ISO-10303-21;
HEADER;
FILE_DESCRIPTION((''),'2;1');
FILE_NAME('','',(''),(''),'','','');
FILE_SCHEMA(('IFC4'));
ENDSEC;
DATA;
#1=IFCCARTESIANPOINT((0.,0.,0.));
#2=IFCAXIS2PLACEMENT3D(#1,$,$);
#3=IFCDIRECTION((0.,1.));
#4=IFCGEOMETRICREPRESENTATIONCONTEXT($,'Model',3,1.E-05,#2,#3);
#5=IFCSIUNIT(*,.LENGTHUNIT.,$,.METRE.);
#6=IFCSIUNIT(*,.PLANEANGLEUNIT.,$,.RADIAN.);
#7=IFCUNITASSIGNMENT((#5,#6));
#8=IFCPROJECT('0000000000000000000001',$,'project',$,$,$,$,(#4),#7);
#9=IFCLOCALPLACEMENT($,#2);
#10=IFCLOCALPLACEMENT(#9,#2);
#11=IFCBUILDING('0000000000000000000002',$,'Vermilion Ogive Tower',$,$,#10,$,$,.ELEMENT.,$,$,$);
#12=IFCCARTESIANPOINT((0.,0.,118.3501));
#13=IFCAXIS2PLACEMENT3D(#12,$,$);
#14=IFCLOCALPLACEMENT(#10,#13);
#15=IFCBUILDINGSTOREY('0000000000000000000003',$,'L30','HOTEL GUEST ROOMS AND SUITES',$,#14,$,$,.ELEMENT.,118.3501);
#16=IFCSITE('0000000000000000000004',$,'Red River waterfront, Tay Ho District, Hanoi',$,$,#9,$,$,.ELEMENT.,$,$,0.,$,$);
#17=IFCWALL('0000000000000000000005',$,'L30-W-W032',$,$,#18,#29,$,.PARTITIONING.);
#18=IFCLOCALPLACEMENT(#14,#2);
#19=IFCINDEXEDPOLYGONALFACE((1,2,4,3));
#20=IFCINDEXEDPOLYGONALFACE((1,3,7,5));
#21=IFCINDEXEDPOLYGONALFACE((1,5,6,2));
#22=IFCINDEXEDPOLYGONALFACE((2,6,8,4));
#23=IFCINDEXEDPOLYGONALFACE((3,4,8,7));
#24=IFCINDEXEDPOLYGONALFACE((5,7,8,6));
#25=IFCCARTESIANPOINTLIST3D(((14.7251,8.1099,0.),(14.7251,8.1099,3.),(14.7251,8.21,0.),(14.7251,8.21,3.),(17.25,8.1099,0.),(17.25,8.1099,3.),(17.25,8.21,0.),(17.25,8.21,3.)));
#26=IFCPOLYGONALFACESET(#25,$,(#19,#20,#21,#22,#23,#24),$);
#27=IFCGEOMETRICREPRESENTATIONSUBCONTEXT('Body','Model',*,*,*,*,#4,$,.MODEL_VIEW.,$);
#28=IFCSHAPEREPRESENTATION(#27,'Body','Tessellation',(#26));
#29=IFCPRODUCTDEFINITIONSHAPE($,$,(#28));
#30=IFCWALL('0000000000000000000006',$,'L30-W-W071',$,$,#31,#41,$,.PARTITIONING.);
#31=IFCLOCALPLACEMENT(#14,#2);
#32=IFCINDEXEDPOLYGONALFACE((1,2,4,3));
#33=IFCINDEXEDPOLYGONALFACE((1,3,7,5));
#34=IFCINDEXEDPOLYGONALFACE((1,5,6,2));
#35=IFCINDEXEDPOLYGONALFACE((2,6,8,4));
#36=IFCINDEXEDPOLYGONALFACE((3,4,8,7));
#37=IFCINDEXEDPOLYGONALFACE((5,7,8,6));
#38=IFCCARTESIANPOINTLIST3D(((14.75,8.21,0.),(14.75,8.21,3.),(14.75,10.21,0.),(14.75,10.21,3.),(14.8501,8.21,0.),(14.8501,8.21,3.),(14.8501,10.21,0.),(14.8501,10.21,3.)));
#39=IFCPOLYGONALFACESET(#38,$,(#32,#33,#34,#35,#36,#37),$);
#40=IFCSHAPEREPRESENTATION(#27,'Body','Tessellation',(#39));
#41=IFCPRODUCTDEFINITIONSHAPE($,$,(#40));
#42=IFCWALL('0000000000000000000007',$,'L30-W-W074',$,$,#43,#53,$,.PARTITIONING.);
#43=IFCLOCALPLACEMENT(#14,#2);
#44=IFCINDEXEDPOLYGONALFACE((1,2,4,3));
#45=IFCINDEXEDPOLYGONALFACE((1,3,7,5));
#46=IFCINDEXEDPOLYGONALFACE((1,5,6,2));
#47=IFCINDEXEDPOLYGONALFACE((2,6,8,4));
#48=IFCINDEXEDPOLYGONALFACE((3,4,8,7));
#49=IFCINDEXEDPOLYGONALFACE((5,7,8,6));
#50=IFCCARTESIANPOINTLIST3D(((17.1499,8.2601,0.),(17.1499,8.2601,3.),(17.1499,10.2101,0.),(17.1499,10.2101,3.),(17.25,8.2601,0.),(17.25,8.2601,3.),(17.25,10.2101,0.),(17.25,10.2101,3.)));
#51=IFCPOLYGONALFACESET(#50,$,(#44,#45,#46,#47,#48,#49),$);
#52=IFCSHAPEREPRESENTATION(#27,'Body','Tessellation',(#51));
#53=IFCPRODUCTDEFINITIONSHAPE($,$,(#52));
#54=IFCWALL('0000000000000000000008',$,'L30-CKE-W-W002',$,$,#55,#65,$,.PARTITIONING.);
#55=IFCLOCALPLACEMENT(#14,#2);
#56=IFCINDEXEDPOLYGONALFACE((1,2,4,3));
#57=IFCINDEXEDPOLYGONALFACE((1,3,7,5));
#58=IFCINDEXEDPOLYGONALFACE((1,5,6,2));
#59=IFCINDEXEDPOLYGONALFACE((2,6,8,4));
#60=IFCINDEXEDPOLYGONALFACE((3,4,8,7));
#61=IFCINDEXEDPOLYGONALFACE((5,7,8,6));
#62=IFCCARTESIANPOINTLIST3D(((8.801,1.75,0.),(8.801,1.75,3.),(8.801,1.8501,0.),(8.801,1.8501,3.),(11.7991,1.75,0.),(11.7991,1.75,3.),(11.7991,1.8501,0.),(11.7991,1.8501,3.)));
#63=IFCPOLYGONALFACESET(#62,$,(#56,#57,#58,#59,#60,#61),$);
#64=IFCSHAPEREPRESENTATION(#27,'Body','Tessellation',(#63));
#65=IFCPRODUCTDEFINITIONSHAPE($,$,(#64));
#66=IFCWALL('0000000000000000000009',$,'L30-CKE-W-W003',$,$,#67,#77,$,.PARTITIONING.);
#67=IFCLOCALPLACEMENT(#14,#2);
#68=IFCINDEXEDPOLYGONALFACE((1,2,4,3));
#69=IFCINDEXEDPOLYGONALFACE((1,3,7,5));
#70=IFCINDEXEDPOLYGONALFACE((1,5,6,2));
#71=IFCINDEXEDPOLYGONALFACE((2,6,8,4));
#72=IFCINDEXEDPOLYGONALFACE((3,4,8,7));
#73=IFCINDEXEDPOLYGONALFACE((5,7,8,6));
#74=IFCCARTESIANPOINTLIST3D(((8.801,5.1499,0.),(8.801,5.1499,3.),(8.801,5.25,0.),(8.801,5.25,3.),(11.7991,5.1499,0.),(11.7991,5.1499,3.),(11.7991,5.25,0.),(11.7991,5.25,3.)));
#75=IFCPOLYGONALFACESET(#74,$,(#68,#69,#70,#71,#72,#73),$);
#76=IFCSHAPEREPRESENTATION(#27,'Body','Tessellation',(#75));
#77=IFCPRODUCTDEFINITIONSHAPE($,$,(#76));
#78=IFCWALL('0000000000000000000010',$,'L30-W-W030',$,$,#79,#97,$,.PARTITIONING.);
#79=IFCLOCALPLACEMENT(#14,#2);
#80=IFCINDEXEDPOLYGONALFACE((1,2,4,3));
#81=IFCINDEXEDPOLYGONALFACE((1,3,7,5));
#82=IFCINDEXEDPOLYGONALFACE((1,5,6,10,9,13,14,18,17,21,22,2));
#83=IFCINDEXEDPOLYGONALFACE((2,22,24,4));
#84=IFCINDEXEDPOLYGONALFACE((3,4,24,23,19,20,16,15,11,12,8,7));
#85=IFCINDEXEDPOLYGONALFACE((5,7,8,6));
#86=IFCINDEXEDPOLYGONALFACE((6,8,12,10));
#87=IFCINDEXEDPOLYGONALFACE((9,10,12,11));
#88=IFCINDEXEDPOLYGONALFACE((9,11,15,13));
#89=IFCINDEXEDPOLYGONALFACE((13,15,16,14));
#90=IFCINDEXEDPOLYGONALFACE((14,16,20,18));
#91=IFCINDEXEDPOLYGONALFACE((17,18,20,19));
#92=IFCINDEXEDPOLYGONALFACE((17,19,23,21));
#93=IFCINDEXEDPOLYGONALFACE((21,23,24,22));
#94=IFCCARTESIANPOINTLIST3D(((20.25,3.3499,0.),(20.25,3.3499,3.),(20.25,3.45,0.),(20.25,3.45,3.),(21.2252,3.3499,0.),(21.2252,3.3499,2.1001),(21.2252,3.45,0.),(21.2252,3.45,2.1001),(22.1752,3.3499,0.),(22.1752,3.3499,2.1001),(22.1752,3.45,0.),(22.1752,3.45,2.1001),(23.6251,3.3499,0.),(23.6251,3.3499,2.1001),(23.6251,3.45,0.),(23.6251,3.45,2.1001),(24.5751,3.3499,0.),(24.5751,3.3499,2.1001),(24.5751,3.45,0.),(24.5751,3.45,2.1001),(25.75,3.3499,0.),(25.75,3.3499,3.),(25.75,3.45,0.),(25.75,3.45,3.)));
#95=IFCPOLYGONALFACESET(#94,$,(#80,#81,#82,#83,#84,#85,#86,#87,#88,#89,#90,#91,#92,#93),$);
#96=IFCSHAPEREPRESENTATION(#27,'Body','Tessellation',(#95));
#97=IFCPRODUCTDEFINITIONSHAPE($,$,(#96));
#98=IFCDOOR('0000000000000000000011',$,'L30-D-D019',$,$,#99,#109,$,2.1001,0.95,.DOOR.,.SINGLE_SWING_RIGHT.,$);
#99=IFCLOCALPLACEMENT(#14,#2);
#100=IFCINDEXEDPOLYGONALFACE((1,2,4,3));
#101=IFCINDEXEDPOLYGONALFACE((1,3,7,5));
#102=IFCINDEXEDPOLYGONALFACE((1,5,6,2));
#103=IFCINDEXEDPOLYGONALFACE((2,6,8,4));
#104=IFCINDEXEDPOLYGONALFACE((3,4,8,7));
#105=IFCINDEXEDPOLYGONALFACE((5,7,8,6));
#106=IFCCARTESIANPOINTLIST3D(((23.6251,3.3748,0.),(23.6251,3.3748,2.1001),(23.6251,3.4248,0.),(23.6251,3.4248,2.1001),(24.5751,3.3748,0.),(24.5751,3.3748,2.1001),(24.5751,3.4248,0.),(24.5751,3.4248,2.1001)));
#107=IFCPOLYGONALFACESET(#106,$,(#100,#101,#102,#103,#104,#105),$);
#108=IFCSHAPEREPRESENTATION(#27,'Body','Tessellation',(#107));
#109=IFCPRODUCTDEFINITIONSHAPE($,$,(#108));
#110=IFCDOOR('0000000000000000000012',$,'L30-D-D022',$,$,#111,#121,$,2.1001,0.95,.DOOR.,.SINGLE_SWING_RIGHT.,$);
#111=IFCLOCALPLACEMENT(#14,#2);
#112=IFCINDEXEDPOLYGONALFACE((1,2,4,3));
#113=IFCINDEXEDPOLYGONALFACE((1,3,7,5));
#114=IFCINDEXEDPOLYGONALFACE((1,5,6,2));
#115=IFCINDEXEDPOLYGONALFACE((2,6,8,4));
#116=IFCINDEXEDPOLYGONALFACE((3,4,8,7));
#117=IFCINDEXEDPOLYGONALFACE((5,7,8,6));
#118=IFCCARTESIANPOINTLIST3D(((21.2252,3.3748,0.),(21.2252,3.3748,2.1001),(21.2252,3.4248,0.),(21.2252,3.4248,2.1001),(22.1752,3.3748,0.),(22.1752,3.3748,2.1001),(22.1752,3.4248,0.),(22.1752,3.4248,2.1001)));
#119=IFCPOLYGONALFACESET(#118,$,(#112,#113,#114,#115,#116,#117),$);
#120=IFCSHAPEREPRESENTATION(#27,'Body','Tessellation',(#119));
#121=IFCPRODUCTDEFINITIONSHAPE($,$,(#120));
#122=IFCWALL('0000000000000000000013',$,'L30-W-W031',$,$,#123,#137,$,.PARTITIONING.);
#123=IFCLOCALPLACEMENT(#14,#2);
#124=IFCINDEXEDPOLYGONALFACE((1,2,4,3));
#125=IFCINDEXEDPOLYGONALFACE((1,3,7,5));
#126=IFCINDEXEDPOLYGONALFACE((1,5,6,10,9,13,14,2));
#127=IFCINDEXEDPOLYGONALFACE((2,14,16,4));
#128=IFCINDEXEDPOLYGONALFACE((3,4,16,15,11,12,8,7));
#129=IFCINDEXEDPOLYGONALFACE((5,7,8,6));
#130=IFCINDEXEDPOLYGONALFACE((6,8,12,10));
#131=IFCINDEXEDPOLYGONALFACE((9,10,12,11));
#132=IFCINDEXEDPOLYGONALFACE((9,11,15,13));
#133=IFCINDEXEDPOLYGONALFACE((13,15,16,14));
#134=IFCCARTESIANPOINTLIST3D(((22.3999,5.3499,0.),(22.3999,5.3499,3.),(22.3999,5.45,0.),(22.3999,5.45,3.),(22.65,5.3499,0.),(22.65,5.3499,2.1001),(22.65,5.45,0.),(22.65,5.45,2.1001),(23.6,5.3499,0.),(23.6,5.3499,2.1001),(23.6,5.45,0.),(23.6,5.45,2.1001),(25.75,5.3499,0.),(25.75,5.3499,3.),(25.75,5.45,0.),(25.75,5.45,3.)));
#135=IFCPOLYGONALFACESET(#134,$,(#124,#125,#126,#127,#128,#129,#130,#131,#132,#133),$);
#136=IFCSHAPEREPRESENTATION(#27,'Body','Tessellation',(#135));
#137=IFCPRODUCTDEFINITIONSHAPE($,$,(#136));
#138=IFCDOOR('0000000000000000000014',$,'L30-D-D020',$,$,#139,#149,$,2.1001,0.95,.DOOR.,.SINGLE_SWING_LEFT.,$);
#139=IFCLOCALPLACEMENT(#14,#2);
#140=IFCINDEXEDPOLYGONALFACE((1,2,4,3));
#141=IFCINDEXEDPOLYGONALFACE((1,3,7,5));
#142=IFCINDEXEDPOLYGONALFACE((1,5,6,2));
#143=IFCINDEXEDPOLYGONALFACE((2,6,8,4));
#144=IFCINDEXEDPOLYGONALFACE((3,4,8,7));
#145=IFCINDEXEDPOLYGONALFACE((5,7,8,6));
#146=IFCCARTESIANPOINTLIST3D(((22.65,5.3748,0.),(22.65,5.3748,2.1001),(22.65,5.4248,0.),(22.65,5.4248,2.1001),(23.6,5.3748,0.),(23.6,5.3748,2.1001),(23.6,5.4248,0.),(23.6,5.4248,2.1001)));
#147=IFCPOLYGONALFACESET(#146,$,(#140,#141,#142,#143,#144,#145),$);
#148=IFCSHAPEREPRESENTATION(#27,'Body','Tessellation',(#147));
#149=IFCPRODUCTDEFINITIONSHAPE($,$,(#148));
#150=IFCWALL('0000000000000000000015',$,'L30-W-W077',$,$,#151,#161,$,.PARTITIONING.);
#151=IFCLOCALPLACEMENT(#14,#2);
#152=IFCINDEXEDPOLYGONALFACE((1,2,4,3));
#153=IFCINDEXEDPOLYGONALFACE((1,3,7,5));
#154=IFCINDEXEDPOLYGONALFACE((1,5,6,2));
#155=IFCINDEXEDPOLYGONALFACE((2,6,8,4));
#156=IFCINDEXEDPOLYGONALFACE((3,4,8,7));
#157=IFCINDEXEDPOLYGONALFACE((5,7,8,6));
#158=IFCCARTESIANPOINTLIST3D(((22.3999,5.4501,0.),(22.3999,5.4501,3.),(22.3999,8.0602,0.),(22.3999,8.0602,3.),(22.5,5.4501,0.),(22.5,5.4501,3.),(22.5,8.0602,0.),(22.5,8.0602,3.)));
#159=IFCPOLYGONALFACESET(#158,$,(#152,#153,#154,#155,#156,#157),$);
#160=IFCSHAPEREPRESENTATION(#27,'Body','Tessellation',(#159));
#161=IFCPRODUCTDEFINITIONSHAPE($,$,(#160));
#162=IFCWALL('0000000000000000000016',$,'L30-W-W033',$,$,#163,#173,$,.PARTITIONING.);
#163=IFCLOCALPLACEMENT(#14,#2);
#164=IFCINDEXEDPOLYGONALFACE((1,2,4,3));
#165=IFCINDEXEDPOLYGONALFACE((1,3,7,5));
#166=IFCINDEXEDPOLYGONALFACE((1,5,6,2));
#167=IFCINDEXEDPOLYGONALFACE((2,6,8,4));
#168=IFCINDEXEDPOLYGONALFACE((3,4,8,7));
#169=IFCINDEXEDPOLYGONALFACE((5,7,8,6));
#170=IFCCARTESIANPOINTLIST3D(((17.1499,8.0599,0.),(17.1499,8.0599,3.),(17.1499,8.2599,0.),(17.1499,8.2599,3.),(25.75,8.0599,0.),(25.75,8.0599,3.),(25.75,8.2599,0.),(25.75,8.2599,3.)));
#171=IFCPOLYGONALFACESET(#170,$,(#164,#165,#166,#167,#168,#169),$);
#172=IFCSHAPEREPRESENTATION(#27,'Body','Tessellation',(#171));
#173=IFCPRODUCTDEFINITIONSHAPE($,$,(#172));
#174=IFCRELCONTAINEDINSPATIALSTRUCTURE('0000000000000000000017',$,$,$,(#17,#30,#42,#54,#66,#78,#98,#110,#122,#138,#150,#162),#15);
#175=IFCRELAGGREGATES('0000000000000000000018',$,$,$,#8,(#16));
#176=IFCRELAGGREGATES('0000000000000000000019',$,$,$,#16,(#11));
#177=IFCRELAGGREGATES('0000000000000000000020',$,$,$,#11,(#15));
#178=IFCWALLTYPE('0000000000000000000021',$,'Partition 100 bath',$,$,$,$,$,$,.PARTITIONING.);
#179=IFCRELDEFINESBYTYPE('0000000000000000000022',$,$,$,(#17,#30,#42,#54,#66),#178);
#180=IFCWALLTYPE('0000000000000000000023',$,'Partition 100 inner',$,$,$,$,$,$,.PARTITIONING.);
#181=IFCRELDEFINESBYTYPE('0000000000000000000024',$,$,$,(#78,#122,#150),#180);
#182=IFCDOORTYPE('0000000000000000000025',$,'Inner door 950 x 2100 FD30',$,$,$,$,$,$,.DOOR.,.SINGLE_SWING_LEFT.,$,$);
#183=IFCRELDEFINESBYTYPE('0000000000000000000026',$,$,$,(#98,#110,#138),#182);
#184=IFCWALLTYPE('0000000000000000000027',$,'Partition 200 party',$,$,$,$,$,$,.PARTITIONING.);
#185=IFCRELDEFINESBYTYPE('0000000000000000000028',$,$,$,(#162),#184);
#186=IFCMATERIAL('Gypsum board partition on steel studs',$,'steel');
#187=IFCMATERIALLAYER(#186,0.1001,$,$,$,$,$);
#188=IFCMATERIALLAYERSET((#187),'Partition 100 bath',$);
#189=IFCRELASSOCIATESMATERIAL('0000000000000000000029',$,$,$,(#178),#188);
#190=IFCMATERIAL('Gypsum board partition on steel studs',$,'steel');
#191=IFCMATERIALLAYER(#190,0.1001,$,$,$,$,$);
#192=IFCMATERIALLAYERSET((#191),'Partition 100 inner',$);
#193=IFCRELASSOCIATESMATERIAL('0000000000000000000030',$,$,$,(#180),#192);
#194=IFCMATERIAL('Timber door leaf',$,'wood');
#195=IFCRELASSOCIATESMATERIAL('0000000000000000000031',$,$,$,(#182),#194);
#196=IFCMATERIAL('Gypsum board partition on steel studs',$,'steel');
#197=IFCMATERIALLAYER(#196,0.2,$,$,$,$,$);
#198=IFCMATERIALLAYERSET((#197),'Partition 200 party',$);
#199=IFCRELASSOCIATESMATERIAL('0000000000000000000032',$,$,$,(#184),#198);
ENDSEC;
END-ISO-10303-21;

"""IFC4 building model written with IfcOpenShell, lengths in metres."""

from ifc_helpers import new_model, si_unit, direction, frame, frame_2d, origin, place, context, subcontext, project, spatial, rectangle, extrude, material, layer, layer_set, type_object, element, fill, save


model = new_model("IFC4")

# Units and contexts
model_context = context("Model", 3, precision=1e-05, world=origin(), true_north=direction((0.0, 1.0)))
body_context = subcontext(model_context, "Body", "Model", "MODEL_VIEW")
ifc_project = project(units=[si_unit("LENGTHUNIT", "METRE"), si_unit("PLANEANGLEUNIT", "RADIAN")], contexts=[model_context])

# Site, building, storey
site_placement = place(None, origin())
site = spatial("IfcSite", under=ifc_project, at=site_placement, Name="Red River waterfront, Tay Ho District, Hanoi", CompositionType="ELEMENT", RefElevation=0.0)
building_placement = place(site_placement, origin())
building = spatial("IfcBuilding", under=site, at=building_placement, Name="Vermilion Ogive Tower", CompositionType="ELEMENT")
storey_placement = place(building_placement, frame((0.0, 0.0, 118.3501)))
storey = spatial("IfcBuildingStorey", under=building, at=storey_placement, Name="L30", Description="HOTEL GUEST ROOMS AND SUITES", CompositionType="ELEMENT", Elevation=118.3501)

# Walls
ifc_material_1 = material(Name="Gypsum board partition on steel studs", Category="steel")
ifc_layer_1 = layer(ifc_material_1, 0.1001)
ifc_layer_set_1 = layer_set([ifc_layer_1], Name="Partition 100 bath")
wall_type_1 = type_object("IfcWallType", Name="Partition 100 bath", PredefinedType="PARTITIONING", material=ifc_layer_set_1)
wall_1_placement = place(storey_placement, frame((14.7251, 8.1599, 0.0), z_axis=(0.0, 0.0, 1.0), x_axis=(1.0, 0.0, 0.0)))
element("IfcWall", 1, at=wall_1_placement, inside=storey, type_object=wall_type_1, Name="L30-W-W032", PredefinedType="PARTITIONING", context=body_context, shape_type="SweptSolid", body=[
    extrude(rectangle(XDim=2.5249, YDim=0.1001, at=frame_2d((1.2625, 0.0))), origin(), (0.0, 0.0, 1.0), 3.0),
])
wall_2_placement = place(storey_placement, frame((14.8, 8.21, 0.0), z_axis=(0.0, 0.0, 1.0), x_axis=(0.0, 1.0, 0.0)))
element("IfcWall", 2, at=wall_2_placement, inside=storey, type_object=wall_type_1, Name="L30-W-W071", PredefinedType="PARTITIONING", context=body_context, shape_type="SweptSolid", body=[
    extrude(rectangle(XDim=2.0, YDim=0.1001, at=frame_2d((1.0, 0.0))), origin(), (0.0, 0.0, 1.0), 3.0),
])
wall_3_placement = place(storey_placement, frame((17.2, 8.26, 0.0), z_axis=(0.0, 0.0, 1.0), x_axis=(0.0, 1.0, 0.0)))
element("IfcWall", 3, at=wall_3_placement, inside=storey, type_object=wall_type_1, Name="L30-W-W074", PredefinedType="PARTITIONING", context=body_context, shape_type="SweptSolid", body=[
    extrude(rectangle(XDim=1.95, YDim=0.1001, at=frame_2d((0.9751, 0.0))), origin(), (0.0, 0.0, 1.0), 3.0),
])
for number, where, z_axis, x_axis, name in (
    (4, (8.801, 1.8, 0.0), (0.0, 0.0, 1.0), (1.0, 0.0, 0.0), "L30-CKE-W-W002"),
    (5, (8.801, 5.2, 0.0), (0.0, 0.0, 1.0), (1.0, 0.0, 0.0), "L30-CKE-W-W003"),
):
    element("IfcWall", number, at=place(storey_placement, frame(where, z_axis=z_axis, x_axis=x_axis)), inside=storey, type_object=wall_type_1, Name=name, PredefinedType="PARTITIONING", context=body_context, shape_type="SweptSolid", body=[
        extrude(rectangle(XDim=2.998, YDim=0.1001, at=frame_2d((1.499, 0.0))), origin(), (0.0, 0.0, 1.0), 3.0),
    ])

# Wall, openings, doors
ifc_material_2 = material(Name="Gypsum board partition on steel studs", Category="steel")
ifc_layer_2 = layer(ifc_material_2, 0.1001)
ifc_layer_set_2 = layer_set([ifc_layer_2], Name="Partition 100 inner")
wall_type_2 = type_object("IfcWallType", Name="Partition 100 inner", PredefinedType="PARTITIONING", material=ifc_layer_set_2)
wall_4_placement = place(storey_placement, frame((20.25, 3.3999, 0.0), z_axis=(0.0, 0.0, 1.0), x_axis=(1.0, 0.0, 0.0)))
wall_4 = element("IfcWall", 6, at=wall_4_placement, inside=storey, type_object=wall_type_2, Name="L30-W-W030", PredefinedType="PARTITIONING", context=body_context, shape_type="SweptSolid", body=[
    extrude(rectangle(XDim=5.5, YDim=0.1001, at=frame_2d((2.75, 0.0))), origin(), (0.0, 0.0, 1.0), 3.0),
])
opening_1_placement = place(wall_4_placement, frame((3.375, 0.0, 0.0)))
opening_1 = element("IfcOpeningElement", 7, at=opening_1_placement, cuts=wall_4, PredefinedType="OPENING", context=body_context, shape_type="SweptSolid", body=[
    extrude(rectangle(XDim=0.95, YDim=2.1001, at=frame_2d((0.4751, 1.05))), frame((0.0, 0.0601, 0.0), z_axis=(0.0, -1.0, 0.0), x_axis=(1.0, 0.0, 0.0)), (0.0, 0.0, 1.0), 0.1201),
])
opening_2_placement = place(wall_4_placement, frame((0.9751, 0.0, 0.0)))
opening_2 = element("IfcOpeningElement", 8, at=opening_2_placement, cuts=wall_4, PredefinedType="OPENING", context=body_context, shape_type="SweptSolid", body=[
    extrude(rectangle(XDim=0.95, YDim=2.1001, at=frame_2d((0.4751, 1.05))), frame((0.0, 0.0601, 0.0), z_axis=(0.0, -1.0, 0.0), x_axis=(1.0, 0.0, 0.0)), (0.0, 0.0, 1.0), 0.1201),
])
ifc_material_3 = material(Name="Timber door leaf", Category="wood")
door_type = type_object("IfcDoorType", Name="Inner door 950 x 2100 FD30", OperationType="SINGLE_SWING_LEFT", PredefinedType="DOOR", material=ifc_material_3)
door_1_placement = place(opening_1_placement, origin())
door_1 = element("IfcDoor", 9, at=door_1_placement, inside=storey, type_object=door_type, Name="L30-D-D019", OperationType="SINGLE_SWING_RIGHT", OverallHeight=2.1001, OverallWidth=0.95, PredefinedType="DOOR", context=body_context, shape_type="SweptSolid", body=[
    extrude(rectangle(XDim=0.95, YDim=2.1001, at=frame_2d((0.4751, 1.05))), frame((0.0, 0.0249, 0.0), z_axis=(0.0, -1.0, 0.0), x_axis=(1.0, 0.0, 0.0)), (0.0, 0.0, 1.0), 0.05),
])
fill(opening_1, door_1)
door_2_placement = place(opening_2_placement, origin())
door_2 = element("IfcDoor", 10, at=door_2_placement, inside=storey, type_object=door_type, Name="L30-D-D022", OperationType="SINGLE_SWING_RIGHT", OverallHeight=2.1001, OverallWidth=0.95, PredefinedType="DOOR", context=body_context, shape_type="SweptSolid", body=[
    extrude(rectangle(XDim=0.95, YDim=2.1001, at=frame_2d((0.4751, 1.05))), frame((0.0, 0.0249, 0.0), z_axis=(0.0, -1.0, 0.0), x_axis=(1.0, 0.0, 0.0)), (0.0, 0.0, 1.0), 0.05),
])
fill(opening_2, door_2)

# Wall, opening, door
wall_5_placement = place(storey_placement, frame((22.3999, 5.3999, 0.0), z_axis=(0.0, 0.0, 1.0), x_axis=(1.0, 0.0, 0.0)))
wall_5 = element("IfcWall", 11, at=wall_5_placement, inside=storey, type_object=wall_type_2, Name="L30-W-W031", PredefinedType="PARTITIONING", context=body_context, shape_type="SweptSolid", body=[
    extrude(rectangle(XDim=3.3501, YDim=0.1001, at=frame_2d((1.675, 0.0))), origin(), (0.0, 0.0, 1.0), 3.0),
])
opening_3_placement = place(wall_5_placement, frame((0.25, 0.0, 0.0)))
opening_3 = element("IfcOpeningElement", 12, at=opening_3_placement, cuts=wall_5, PredefinedType="OPENING", context=body_context, shape_type="SweptSolid", body=[
    extrude(rectangle(XDim=0.95, YDim=2.1001, at=frame_2d((0.4751, 1.05))), frame((0.0, 0.0601, 0.0), z_axis=(0.0, -1.0, 0.0), x_axis=(1.0, 0.0, 0.0)), (0.0, 0.0, 1.0), 0.1201),
])
door_3_placement = place(opening_3_placement, origin())
door_3 = element("IfcDoor", 13, at=door_3_placement, inside=storey, type_object=door_type, Name="L30-D-D020", OperationType="SINGLE_SWING_LEFT", OverallHeight=2.1001, OverallWidth=0.95, PredefinedType="DOOR", context=body_context, shape_type="SweptSolid", body=[
    extrude(rectangle(XDim=0.95, YDim=2.1001, at=frame_2d((0.4751, 1.05))), frame((0.0, 0.0249, 0.0), z_axis=(0.0, -1.0, 0.0), x_axis=(1.0, 0.0, 0.0)), (0.0, 0.0, 1.0), 0.05),
])
fill(opening_3, door_3)

# Walls
wall_6_placement = place(storey_placement, frame((22.45, 5.45, 0.0), z_axis=(0.0, 0.0, 1.0), x_axis=(0.0, 1.0, 0.0)))
element("IfcWall", 14, at=wall_6_placement, inside=storey, type_object=wall_type_2, Name="L30-W-W077", PredefinedType="PARTITIONING", context=body_context, shape_type="SweptSolid", body=[
    extrude(rectangle(XDim=2.6101, YDim=0.1001, at=frame_2d((1.3052, 0.0))), origin(), (0.0, 0.0, 1.0), 3.0),
])
ifc_material_4 = material(Name="Gypsum board partition on steel studs", Category="steel")
ifc_layer_3 = layer(ifc_material_4, 0.2)
ifc_layer_set_3 = layer_set([ifc_layer_3], Name="Partition 200 party")
wall_type_3 = type_object("IfcWallType", Name="Partition 200 party", PredefinedType="PARTITIONING", material=ifc_layer_set_3)
wall_7_placement = place(storey_placement, frame((17.1499, 8.1599, 0.0), z_axis=(0.0, 0.0, 1.0), x_axis=(1.0, 0.0, 0.0)))
element("IfcWall", 15, at=wall_7_placement, inside=storey, type_object=wall_type_3, Name="L30-W-W033", PredefinedType="PARTITIONING", context=body_context, shape_type="SweptSolid", body=[
    extrude(rectangle(XDim=8.6001, YDim=0.2, at=frame_2d((4.3, 0.0))), origin(), (0.0, 0.0, 1.0), 3.0),
])

save(model, "model.ifc")
